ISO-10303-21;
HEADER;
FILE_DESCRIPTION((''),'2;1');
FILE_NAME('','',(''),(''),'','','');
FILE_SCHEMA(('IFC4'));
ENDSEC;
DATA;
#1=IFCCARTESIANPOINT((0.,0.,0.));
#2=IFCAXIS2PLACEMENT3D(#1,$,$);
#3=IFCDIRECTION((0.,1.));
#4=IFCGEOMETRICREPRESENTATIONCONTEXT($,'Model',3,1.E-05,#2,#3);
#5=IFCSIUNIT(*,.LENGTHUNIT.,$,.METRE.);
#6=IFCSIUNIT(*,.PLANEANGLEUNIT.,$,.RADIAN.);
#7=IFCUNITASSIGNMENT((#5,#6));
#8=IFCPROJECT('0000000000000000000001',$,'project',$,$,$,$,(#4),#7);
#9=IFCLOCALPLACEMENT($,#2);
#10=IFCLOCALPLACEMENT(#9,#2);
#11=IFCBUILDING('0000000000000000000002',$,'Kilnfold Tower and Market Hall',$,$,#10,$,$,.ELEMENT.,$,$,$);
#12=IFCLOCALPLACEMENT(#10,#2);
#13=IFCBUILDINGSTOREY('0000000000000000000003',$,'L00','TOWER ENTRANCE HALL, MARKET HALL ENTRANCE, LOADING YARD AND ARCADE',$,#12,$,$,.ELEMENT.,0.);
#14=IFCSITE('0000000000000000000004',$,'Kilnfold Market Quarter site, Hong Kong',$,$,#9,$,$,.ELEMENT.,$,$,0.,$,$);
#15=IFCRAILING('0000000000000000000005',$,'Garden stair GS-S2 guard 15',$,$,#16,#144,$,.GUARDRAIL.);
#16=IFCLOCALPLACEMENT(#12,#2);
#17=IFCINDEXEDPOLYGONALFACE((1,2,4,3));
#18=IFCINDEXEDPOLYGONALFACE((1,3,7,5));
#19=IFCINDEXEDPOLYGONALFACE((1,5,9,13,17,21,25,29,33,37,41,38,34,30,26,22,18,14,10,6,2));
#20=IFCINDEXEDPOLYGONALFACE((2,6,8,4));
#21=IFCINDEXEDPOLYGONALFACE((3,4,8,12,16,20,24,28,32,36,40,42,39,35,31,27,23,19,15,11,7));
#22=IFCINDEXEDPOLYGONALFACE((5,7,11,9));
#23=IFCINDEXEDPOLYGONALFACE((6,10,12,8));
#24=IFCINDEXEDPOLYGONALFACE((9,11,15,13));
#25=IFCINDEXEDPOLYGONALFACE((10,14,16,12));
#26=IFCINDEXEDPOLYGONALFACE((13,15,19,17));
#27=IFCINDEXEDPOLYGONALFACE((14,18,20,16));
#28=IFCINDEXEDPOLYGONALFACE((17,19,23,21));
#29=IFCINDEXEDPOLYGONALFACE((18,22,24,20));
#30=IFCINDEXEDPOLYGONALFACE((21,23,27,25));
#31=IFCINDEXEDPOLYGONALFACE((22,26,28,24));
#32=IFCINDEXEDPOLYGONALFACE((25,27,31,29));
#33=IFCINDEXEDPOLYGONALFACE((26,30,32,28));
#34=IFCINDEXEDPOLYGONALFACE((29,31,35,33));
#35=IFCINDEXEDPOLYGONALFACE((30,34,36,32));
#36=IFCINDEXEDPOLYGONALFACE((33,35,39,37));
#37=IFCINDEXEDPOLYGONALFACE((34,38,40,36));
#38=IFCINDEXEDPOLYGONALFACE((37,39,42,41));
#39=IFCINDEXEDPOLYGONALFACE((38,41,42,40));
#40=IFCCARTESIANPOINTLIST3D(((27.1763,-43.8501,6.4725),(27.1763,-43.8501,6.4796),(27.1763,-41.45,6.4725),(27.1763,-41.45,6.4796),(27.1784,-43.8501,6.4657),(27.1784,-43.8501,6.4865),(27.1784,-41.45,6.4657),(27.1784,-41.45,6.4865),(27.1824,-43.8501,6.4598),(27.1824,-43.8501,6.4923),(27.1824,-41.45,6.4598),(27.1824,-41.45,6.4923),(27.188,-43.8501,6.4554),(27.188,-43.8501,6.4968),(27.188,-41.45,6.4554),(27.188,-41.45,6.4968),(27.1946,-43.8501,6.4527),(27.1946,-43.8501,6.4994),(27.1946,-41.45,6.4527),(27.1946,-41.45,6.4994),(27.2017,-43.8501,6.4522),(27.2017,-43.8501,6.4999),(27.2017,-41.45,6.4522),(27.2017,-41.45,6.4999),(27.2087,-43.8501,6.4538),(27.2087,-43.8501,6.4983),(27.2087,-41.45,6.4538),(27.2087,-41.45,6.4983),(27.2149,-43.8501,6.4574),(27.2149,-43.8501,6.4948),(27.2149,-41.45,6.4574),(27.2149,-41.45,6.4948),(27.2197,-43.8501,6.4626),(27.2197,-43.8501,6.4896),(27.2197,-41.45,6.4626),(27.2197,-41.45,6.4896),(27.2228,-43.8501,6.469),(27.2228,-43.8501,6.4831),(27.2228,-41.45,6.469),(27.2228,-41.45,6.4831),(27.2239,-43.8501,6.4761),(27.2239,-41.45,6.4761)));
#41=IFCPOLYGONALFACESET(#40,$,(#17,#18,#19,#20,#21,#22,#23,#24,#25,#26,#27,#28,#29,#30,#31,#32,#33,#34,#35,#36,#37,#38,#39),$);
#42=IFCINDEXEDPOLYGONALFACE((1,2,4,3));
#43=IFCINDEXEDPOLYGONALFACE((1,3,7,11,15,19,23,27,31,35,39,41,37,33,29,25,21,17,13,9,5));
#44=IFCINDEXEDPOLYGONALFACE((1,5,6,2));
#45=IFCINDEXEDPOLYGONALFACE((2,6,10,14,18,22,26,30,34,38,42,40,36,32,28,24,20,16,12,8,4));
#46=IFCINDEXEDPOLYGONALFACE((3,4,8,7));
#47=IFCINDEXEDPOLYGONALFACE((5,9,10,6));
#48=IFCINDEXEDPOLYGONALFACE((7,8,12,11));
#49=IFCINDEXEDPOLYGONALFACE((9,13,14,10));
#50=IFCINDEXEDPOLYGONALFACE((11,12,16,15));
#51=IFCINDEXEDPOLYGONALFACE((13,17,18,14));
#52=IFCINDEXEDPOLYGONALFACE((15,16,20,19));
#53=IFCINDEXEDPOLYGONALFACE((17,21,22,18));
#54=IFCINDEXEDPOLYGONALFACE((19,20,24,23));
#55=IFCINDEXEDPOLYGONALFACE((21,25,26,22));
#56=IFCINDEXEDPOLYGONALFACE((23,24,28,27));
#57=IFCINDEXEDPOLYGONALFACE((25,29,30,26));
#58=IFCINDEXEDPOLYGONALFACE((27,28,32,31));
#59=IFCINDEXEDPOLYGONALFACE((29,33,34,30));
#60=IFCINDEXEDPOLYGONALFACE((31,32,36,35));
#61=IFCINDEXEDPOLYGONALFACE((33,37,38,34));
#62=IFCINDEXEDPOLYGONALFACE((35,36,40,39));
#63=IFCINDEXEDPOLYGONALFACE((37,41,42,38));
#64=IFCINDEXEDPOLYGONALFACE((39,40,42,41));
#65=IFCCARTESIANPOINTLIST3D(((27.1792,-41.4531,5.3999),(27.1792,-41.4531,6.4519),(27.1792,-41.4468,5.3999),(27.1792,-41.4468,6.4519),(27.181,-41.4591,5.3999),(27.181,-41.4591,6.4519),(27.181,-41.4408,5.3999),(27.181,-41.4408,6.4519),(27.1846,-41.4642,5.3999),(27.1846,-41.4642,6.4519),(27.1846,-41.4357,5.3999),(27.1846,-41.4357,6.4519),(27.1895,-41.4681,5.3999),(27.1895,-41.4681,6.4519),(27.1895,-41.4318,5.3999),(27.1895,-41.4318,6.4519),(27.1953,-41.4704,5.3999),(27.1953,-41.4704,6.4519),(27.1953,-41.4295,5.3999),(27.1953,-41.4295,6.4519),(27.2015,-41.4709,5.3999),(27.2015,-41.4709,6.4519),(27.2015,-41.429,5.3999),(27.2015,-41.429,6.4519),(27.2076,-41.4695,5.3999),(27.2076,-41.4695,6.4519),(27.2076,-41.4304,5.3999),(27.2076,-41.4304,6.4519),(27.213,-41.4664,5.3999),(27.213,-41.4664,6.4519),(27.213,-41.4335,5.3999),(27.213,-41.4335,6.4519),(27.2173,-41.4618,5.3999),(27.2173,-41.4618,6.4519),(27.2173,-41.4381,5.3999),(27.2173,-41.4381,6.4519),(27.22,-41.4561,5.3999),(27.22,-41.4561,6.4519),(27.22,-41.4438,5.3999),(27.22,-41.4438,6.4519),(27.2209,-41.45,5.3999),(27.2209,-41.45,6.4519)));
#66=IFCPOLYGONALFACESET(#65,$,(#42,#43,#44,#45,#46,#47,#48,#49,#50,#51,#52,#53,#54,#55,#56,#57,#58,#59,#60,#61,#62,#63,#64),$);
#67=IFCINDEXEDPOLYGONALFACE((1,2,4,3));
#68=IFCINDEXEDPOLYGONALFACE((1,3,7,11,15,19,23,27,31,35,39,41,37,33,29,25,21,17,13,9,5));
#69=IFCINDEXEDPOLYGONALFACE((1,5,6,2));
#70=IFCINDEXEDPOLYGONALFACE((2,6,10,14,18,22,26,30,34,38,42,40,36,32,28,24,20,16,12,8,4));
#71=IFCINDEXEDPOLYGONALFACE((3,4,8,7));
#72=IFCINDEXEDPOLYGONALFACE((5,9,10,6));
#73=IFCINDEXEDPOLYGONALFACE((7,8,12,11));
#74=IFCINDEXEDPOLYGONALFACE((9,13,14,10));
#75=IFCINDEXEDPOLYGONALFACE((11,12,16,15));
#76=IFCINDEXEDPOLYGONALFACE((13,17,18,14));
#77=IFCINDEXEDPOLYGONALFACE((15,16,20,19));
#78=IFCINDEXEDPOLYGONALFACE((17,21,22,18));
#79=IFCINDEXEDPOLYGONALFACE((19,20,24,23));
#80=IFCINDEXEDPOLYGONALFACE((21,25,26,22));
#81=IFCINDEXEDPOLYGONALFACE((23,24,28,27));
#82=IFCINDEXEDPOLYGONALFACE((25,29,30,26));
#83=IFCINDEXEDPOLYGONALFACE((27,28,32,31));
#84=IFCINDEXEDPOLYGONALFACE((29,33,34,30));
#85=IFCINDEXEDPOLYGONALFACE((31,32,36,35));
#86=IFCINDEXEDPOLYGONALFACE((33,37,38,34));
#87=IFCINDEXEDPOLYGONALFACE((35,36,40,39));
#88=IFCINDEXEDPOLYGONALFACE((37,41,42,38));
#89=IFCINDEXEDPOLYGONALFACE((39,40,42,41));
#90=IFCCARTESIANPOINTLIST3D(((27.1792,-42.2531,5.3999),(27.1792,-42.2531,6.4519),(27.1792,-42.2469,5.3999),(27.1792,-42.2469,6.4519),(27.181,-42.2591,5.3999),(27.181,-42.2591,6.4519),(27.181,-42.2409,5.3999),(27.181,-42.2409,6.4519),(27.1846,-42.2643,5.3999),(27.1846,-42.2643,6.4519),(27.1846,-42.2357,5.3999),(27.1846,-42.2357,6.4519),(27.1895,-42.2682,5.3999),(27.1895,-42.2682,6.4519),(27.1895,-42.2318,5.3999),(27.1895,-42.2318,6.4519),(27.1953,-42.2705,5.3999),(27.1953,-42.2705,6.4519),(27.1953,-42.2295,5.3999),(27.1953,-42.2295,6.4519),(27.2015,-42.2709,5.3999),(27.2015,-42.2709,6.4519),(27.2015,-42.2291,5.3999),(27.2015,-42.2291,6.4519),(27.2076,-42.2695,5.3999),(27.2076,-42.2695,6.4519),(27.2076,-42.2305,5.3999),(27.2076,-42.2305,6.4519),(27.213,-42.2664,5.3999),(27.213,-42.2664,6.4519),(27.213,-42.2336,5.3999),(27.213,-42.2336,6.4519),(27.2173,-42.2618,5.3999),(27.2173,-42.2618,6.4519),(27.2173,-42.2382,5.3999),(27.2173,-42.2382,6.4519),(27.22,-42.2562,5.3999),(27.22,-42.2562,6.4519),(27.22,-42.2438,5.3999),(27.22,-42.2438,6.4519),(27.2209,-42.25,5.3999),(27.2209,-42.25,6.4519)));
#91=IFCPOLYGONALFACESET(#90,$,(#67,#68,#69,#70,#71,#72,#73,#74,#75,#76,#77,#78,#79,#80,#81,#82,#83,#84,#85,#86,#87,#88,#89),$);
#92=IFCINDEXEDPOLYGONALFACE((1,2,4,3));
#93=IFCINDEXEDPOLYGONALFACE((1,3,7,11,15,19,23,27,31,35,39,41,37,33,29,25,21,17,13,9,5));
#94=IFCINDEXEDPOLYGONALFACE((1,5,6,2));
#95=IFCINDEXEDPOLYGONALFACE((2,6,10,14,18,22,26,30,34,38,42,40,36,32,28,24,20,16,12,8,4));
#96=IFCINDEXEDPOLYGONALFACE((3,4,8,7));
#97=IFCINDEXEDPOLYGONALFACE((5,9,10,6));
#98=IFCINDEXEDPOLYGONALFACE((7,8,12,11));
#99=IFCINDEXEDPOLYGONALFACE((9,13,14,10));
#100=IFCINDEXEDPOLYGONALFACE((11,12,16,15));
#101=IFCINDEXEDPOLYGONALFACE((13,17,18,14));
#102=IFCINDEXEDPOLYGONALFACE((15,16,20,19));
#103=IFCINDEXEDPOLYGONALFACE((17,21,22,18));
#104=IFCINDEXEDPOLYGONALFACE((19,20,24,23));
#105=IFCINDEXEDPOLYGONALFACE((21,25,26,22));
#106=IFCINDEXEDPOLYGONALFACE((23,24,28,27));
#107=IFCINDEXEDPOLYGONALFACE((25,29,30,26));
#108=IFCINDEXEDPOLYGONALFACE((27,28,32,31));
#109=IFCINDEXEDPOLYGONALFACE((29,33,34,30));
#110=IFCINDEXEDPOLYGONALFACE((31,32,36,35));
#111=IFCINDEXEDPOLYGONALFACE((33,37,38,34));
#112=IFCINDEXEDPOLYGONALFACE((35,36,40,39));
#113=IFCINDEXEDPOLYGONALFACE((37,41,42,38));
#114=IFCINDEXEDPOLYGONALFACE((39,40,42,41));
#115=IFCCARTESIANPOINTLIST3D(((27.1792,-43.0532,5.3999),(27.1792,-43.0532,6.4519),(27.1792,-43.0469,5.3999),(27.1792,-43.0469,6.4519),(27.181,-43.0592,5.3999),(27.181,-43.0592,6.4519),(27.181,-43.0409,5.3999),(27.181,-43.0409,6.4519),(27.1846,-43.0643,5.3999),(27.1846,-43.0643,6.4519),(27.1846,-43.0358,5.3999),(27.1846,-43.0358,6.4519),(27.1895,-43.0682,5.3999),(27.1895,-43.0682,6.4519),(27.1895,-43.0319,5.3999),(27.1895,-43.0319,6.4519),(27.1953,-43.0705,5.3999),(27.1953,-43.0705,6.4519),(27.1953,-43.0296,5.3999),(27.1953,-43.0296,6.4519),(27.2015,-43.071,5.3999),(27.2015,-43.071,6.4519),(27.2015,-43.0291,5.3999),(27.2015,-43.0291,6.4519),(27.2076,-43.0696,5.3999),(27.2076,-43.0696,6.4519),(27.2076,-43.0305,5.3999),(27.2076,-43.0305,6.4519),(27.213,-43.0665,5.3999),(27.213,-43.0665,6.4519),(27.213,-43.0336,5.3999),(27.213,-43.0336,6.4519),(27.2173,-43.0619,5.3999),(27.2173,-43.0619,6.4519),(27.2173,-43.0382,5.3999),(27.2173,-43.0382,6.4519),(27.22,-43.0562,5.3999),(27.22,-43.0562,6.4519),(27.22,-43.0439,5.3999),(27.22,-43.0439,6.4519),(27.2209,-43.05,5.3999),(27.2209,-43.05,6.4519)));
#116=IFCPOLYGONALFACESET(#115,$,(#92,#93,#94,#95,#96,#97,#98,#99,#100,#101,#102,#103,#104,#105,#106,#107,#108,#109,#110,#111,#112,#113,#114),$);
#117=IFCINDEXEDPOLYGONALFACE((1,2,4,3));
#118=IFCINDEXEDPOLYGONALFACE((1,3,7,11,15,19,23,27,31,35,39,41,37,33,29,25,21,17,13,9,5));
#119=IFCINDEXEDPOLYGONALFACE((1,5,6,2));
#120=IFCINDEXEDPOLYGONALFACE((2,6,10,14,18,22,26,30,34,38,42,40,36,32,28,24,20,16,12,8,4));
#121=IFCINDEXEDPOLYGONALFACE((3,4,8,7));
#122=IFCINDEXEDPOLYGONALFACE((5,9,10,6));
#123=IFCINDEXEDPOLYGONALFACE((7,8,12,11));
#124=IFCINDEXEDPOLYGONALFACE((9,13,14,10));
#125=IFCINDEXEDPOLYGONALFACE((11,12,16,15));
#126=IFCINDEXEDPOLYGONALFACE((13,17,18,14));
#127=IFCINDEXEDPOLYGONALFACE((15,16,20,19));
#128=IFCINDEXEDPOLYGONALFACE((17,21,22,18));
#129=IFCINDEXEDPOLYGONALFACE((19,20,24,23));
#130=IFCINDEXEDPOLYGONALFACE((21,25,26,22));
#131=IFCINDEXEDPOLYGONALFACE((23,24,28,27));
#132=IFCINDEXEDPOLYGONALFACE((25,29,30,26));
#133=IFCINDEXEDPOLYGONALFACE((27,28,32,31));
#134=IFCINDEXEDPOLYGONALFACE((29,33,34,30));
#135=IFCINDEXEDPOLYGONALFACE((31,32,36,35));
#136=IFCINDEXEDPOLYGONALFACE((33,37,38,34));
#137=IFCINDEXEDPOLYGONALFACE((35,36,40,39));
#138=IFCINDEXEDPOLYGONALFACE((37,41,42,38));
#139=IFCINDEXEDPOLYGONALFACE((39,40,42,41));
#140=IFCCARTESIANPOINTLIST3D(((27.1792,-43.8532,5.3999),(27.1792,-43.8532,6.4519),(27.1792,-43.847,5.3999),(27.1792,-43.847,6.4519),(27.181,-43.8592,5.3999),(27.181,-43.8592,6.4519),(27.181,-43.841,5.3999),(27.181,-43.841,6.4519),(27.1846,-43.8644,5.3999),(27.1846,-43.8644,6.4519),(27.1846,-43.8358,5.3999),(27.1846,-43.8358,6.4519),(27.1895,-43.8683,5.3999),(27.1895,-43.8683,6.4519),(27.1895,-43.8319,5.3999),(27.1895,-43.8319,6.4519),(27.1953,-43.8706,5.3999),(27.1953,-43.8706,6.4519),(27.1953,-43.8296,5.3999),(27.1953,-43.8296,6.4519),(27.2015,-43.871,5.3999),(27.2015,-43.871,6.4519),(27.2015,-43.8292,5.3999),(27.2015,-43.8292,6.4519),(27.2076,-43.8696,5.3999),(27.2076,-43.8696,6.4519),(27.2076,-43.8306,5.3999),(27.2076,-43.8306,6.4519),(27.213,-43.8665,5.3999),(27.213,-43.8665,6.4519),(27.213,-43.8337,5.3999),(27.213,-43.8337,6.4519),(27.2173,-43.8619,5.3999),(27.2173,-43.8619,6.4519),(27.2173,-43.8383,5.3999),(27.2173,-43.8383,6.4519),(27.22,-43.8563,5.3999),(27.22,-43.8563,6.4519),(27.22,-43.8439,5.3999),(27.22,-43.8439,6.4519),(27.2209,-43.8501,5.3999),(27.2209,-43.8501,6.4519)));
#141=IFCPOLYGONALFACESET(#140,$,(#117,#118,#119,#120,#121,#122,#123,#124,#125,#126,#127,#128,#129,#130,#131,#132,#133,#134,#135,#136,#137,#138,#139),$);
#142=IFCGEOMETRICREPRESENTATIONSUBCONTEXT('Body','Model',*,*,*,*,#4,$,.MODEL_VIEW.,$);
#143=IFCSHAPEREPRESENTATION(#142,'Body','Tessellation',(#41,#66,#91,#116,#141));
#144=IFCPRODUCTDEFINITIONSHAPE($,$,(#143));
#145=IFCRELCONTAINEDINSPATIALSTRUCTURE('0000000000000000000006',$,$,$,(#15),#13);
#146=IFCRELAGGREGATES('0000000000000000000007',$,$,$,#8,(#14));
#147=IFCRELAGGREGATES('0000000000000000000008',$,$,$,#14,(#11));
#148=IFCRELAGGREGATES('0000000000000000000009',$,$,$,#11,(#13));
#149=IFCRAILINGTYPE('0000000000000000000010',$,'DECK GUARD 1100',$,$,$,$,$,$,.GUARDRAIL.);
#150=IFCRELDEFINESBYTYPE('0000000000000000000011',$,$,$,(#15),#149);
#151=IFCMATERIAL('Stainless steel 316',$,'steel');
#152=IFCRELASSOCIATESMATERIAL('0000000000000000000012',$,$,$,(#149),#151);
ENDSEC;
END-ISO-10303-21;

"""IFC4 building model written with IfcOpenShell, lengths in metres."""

from ifc_helpers import new_model, si_unit, direction, frame, origin, origin_2d, place, context, subcontext, project, spatial, circle, extrude, material, type_object, element, save


model = new_model("IFC4")

# Units and contexts
model_context = context("Model", 3, precision=1e-05, world=origin(), true_north=direction((0.0, 1.0)))
body_context = subcontext(model_context, "Body", "Model", "MODEL_VIEW")
ifc_project = project(units=[si_unit("LENGTHUNIT", "METRE"), si_unit("PLANEANGLEUNIT", "RADIAN")], contexts=[model_context])

# Site, building, storey
site_placement = place(None, origin())
site = spatial("IfcSite", under=ifc_project, at=site_placement, Name="Kilnfold Market Quarter site, Hong Kong", CompositionType="ELEMENT", RefElevation=0.0)
building_placement = place(site_placement, origin())
building = spatial("IfcBuilding", under=site, at=building_placement, Name="Kilnfold Tower and Market Hall", CompositionType="ELEMENT")
storey_placement = place(building_placement, origin())
storey = spatial("IfcBuildingStorey", under=building, at=storey_placement, Name="L00", Description="TOWER ENTRANCE HALL, MARKET HALL ENTRANCE, LOADING YARD AND ARCADE", CompositionType="ELEMENT", Elevation=0.0)

# Railing
ifc_material_1 = material(Name="Stainless steel 316", Category="steel")
railing_type_1 = type_object("IfcRailingType", Name="DECK GUARD 1100", PredefinedType="GUARDRAIL", material=ifc_material_1)
railing_1_placement = place(storey_placement, frame((27.2, -41.45, 5.3999)))
element("IfcRailing", 1, at=railing_1_placement, inside=storey, type_object=railing_type_1, Name="Garden stair GS-S2 guard 15", PredefinedType="GUARDRAIL", context=body_context, shape_type="SweptSolid", body=[
    extrude(circle(Radius=0.0239, at=origin_2d()), frame((0.0, 0.0, 1.0762), z_axis=(0.0, -1.0, 0.0), x_axis=(1.0, 0.0, 0.0)), (0.0, 0.0, 1.0), 2.4001),
    extrude(circle(Radius=0.021, at=origin_2d()), origin(), (0.0, 0.0, 1.0), 1.052),
    extrude(circle(Radius=0.021, at=origin_2d()), frame((0.0, -0.8, 0.0)), (0.0, 0.0, 1.0), 1.052),
    extrude(circle(Radius=0.021, at=origin_2d()), frame((0.0, -1.6001, 0.0)), (0.0, 0.0, 1.0), 1.052),
    extrude(circle(Radius=0.021, at=origin_2d()), frame((0.0, -2.4001, 0.0)), (0.0, 0.0, 1.0), 1.052),
])

save(model, "model.ifc")
